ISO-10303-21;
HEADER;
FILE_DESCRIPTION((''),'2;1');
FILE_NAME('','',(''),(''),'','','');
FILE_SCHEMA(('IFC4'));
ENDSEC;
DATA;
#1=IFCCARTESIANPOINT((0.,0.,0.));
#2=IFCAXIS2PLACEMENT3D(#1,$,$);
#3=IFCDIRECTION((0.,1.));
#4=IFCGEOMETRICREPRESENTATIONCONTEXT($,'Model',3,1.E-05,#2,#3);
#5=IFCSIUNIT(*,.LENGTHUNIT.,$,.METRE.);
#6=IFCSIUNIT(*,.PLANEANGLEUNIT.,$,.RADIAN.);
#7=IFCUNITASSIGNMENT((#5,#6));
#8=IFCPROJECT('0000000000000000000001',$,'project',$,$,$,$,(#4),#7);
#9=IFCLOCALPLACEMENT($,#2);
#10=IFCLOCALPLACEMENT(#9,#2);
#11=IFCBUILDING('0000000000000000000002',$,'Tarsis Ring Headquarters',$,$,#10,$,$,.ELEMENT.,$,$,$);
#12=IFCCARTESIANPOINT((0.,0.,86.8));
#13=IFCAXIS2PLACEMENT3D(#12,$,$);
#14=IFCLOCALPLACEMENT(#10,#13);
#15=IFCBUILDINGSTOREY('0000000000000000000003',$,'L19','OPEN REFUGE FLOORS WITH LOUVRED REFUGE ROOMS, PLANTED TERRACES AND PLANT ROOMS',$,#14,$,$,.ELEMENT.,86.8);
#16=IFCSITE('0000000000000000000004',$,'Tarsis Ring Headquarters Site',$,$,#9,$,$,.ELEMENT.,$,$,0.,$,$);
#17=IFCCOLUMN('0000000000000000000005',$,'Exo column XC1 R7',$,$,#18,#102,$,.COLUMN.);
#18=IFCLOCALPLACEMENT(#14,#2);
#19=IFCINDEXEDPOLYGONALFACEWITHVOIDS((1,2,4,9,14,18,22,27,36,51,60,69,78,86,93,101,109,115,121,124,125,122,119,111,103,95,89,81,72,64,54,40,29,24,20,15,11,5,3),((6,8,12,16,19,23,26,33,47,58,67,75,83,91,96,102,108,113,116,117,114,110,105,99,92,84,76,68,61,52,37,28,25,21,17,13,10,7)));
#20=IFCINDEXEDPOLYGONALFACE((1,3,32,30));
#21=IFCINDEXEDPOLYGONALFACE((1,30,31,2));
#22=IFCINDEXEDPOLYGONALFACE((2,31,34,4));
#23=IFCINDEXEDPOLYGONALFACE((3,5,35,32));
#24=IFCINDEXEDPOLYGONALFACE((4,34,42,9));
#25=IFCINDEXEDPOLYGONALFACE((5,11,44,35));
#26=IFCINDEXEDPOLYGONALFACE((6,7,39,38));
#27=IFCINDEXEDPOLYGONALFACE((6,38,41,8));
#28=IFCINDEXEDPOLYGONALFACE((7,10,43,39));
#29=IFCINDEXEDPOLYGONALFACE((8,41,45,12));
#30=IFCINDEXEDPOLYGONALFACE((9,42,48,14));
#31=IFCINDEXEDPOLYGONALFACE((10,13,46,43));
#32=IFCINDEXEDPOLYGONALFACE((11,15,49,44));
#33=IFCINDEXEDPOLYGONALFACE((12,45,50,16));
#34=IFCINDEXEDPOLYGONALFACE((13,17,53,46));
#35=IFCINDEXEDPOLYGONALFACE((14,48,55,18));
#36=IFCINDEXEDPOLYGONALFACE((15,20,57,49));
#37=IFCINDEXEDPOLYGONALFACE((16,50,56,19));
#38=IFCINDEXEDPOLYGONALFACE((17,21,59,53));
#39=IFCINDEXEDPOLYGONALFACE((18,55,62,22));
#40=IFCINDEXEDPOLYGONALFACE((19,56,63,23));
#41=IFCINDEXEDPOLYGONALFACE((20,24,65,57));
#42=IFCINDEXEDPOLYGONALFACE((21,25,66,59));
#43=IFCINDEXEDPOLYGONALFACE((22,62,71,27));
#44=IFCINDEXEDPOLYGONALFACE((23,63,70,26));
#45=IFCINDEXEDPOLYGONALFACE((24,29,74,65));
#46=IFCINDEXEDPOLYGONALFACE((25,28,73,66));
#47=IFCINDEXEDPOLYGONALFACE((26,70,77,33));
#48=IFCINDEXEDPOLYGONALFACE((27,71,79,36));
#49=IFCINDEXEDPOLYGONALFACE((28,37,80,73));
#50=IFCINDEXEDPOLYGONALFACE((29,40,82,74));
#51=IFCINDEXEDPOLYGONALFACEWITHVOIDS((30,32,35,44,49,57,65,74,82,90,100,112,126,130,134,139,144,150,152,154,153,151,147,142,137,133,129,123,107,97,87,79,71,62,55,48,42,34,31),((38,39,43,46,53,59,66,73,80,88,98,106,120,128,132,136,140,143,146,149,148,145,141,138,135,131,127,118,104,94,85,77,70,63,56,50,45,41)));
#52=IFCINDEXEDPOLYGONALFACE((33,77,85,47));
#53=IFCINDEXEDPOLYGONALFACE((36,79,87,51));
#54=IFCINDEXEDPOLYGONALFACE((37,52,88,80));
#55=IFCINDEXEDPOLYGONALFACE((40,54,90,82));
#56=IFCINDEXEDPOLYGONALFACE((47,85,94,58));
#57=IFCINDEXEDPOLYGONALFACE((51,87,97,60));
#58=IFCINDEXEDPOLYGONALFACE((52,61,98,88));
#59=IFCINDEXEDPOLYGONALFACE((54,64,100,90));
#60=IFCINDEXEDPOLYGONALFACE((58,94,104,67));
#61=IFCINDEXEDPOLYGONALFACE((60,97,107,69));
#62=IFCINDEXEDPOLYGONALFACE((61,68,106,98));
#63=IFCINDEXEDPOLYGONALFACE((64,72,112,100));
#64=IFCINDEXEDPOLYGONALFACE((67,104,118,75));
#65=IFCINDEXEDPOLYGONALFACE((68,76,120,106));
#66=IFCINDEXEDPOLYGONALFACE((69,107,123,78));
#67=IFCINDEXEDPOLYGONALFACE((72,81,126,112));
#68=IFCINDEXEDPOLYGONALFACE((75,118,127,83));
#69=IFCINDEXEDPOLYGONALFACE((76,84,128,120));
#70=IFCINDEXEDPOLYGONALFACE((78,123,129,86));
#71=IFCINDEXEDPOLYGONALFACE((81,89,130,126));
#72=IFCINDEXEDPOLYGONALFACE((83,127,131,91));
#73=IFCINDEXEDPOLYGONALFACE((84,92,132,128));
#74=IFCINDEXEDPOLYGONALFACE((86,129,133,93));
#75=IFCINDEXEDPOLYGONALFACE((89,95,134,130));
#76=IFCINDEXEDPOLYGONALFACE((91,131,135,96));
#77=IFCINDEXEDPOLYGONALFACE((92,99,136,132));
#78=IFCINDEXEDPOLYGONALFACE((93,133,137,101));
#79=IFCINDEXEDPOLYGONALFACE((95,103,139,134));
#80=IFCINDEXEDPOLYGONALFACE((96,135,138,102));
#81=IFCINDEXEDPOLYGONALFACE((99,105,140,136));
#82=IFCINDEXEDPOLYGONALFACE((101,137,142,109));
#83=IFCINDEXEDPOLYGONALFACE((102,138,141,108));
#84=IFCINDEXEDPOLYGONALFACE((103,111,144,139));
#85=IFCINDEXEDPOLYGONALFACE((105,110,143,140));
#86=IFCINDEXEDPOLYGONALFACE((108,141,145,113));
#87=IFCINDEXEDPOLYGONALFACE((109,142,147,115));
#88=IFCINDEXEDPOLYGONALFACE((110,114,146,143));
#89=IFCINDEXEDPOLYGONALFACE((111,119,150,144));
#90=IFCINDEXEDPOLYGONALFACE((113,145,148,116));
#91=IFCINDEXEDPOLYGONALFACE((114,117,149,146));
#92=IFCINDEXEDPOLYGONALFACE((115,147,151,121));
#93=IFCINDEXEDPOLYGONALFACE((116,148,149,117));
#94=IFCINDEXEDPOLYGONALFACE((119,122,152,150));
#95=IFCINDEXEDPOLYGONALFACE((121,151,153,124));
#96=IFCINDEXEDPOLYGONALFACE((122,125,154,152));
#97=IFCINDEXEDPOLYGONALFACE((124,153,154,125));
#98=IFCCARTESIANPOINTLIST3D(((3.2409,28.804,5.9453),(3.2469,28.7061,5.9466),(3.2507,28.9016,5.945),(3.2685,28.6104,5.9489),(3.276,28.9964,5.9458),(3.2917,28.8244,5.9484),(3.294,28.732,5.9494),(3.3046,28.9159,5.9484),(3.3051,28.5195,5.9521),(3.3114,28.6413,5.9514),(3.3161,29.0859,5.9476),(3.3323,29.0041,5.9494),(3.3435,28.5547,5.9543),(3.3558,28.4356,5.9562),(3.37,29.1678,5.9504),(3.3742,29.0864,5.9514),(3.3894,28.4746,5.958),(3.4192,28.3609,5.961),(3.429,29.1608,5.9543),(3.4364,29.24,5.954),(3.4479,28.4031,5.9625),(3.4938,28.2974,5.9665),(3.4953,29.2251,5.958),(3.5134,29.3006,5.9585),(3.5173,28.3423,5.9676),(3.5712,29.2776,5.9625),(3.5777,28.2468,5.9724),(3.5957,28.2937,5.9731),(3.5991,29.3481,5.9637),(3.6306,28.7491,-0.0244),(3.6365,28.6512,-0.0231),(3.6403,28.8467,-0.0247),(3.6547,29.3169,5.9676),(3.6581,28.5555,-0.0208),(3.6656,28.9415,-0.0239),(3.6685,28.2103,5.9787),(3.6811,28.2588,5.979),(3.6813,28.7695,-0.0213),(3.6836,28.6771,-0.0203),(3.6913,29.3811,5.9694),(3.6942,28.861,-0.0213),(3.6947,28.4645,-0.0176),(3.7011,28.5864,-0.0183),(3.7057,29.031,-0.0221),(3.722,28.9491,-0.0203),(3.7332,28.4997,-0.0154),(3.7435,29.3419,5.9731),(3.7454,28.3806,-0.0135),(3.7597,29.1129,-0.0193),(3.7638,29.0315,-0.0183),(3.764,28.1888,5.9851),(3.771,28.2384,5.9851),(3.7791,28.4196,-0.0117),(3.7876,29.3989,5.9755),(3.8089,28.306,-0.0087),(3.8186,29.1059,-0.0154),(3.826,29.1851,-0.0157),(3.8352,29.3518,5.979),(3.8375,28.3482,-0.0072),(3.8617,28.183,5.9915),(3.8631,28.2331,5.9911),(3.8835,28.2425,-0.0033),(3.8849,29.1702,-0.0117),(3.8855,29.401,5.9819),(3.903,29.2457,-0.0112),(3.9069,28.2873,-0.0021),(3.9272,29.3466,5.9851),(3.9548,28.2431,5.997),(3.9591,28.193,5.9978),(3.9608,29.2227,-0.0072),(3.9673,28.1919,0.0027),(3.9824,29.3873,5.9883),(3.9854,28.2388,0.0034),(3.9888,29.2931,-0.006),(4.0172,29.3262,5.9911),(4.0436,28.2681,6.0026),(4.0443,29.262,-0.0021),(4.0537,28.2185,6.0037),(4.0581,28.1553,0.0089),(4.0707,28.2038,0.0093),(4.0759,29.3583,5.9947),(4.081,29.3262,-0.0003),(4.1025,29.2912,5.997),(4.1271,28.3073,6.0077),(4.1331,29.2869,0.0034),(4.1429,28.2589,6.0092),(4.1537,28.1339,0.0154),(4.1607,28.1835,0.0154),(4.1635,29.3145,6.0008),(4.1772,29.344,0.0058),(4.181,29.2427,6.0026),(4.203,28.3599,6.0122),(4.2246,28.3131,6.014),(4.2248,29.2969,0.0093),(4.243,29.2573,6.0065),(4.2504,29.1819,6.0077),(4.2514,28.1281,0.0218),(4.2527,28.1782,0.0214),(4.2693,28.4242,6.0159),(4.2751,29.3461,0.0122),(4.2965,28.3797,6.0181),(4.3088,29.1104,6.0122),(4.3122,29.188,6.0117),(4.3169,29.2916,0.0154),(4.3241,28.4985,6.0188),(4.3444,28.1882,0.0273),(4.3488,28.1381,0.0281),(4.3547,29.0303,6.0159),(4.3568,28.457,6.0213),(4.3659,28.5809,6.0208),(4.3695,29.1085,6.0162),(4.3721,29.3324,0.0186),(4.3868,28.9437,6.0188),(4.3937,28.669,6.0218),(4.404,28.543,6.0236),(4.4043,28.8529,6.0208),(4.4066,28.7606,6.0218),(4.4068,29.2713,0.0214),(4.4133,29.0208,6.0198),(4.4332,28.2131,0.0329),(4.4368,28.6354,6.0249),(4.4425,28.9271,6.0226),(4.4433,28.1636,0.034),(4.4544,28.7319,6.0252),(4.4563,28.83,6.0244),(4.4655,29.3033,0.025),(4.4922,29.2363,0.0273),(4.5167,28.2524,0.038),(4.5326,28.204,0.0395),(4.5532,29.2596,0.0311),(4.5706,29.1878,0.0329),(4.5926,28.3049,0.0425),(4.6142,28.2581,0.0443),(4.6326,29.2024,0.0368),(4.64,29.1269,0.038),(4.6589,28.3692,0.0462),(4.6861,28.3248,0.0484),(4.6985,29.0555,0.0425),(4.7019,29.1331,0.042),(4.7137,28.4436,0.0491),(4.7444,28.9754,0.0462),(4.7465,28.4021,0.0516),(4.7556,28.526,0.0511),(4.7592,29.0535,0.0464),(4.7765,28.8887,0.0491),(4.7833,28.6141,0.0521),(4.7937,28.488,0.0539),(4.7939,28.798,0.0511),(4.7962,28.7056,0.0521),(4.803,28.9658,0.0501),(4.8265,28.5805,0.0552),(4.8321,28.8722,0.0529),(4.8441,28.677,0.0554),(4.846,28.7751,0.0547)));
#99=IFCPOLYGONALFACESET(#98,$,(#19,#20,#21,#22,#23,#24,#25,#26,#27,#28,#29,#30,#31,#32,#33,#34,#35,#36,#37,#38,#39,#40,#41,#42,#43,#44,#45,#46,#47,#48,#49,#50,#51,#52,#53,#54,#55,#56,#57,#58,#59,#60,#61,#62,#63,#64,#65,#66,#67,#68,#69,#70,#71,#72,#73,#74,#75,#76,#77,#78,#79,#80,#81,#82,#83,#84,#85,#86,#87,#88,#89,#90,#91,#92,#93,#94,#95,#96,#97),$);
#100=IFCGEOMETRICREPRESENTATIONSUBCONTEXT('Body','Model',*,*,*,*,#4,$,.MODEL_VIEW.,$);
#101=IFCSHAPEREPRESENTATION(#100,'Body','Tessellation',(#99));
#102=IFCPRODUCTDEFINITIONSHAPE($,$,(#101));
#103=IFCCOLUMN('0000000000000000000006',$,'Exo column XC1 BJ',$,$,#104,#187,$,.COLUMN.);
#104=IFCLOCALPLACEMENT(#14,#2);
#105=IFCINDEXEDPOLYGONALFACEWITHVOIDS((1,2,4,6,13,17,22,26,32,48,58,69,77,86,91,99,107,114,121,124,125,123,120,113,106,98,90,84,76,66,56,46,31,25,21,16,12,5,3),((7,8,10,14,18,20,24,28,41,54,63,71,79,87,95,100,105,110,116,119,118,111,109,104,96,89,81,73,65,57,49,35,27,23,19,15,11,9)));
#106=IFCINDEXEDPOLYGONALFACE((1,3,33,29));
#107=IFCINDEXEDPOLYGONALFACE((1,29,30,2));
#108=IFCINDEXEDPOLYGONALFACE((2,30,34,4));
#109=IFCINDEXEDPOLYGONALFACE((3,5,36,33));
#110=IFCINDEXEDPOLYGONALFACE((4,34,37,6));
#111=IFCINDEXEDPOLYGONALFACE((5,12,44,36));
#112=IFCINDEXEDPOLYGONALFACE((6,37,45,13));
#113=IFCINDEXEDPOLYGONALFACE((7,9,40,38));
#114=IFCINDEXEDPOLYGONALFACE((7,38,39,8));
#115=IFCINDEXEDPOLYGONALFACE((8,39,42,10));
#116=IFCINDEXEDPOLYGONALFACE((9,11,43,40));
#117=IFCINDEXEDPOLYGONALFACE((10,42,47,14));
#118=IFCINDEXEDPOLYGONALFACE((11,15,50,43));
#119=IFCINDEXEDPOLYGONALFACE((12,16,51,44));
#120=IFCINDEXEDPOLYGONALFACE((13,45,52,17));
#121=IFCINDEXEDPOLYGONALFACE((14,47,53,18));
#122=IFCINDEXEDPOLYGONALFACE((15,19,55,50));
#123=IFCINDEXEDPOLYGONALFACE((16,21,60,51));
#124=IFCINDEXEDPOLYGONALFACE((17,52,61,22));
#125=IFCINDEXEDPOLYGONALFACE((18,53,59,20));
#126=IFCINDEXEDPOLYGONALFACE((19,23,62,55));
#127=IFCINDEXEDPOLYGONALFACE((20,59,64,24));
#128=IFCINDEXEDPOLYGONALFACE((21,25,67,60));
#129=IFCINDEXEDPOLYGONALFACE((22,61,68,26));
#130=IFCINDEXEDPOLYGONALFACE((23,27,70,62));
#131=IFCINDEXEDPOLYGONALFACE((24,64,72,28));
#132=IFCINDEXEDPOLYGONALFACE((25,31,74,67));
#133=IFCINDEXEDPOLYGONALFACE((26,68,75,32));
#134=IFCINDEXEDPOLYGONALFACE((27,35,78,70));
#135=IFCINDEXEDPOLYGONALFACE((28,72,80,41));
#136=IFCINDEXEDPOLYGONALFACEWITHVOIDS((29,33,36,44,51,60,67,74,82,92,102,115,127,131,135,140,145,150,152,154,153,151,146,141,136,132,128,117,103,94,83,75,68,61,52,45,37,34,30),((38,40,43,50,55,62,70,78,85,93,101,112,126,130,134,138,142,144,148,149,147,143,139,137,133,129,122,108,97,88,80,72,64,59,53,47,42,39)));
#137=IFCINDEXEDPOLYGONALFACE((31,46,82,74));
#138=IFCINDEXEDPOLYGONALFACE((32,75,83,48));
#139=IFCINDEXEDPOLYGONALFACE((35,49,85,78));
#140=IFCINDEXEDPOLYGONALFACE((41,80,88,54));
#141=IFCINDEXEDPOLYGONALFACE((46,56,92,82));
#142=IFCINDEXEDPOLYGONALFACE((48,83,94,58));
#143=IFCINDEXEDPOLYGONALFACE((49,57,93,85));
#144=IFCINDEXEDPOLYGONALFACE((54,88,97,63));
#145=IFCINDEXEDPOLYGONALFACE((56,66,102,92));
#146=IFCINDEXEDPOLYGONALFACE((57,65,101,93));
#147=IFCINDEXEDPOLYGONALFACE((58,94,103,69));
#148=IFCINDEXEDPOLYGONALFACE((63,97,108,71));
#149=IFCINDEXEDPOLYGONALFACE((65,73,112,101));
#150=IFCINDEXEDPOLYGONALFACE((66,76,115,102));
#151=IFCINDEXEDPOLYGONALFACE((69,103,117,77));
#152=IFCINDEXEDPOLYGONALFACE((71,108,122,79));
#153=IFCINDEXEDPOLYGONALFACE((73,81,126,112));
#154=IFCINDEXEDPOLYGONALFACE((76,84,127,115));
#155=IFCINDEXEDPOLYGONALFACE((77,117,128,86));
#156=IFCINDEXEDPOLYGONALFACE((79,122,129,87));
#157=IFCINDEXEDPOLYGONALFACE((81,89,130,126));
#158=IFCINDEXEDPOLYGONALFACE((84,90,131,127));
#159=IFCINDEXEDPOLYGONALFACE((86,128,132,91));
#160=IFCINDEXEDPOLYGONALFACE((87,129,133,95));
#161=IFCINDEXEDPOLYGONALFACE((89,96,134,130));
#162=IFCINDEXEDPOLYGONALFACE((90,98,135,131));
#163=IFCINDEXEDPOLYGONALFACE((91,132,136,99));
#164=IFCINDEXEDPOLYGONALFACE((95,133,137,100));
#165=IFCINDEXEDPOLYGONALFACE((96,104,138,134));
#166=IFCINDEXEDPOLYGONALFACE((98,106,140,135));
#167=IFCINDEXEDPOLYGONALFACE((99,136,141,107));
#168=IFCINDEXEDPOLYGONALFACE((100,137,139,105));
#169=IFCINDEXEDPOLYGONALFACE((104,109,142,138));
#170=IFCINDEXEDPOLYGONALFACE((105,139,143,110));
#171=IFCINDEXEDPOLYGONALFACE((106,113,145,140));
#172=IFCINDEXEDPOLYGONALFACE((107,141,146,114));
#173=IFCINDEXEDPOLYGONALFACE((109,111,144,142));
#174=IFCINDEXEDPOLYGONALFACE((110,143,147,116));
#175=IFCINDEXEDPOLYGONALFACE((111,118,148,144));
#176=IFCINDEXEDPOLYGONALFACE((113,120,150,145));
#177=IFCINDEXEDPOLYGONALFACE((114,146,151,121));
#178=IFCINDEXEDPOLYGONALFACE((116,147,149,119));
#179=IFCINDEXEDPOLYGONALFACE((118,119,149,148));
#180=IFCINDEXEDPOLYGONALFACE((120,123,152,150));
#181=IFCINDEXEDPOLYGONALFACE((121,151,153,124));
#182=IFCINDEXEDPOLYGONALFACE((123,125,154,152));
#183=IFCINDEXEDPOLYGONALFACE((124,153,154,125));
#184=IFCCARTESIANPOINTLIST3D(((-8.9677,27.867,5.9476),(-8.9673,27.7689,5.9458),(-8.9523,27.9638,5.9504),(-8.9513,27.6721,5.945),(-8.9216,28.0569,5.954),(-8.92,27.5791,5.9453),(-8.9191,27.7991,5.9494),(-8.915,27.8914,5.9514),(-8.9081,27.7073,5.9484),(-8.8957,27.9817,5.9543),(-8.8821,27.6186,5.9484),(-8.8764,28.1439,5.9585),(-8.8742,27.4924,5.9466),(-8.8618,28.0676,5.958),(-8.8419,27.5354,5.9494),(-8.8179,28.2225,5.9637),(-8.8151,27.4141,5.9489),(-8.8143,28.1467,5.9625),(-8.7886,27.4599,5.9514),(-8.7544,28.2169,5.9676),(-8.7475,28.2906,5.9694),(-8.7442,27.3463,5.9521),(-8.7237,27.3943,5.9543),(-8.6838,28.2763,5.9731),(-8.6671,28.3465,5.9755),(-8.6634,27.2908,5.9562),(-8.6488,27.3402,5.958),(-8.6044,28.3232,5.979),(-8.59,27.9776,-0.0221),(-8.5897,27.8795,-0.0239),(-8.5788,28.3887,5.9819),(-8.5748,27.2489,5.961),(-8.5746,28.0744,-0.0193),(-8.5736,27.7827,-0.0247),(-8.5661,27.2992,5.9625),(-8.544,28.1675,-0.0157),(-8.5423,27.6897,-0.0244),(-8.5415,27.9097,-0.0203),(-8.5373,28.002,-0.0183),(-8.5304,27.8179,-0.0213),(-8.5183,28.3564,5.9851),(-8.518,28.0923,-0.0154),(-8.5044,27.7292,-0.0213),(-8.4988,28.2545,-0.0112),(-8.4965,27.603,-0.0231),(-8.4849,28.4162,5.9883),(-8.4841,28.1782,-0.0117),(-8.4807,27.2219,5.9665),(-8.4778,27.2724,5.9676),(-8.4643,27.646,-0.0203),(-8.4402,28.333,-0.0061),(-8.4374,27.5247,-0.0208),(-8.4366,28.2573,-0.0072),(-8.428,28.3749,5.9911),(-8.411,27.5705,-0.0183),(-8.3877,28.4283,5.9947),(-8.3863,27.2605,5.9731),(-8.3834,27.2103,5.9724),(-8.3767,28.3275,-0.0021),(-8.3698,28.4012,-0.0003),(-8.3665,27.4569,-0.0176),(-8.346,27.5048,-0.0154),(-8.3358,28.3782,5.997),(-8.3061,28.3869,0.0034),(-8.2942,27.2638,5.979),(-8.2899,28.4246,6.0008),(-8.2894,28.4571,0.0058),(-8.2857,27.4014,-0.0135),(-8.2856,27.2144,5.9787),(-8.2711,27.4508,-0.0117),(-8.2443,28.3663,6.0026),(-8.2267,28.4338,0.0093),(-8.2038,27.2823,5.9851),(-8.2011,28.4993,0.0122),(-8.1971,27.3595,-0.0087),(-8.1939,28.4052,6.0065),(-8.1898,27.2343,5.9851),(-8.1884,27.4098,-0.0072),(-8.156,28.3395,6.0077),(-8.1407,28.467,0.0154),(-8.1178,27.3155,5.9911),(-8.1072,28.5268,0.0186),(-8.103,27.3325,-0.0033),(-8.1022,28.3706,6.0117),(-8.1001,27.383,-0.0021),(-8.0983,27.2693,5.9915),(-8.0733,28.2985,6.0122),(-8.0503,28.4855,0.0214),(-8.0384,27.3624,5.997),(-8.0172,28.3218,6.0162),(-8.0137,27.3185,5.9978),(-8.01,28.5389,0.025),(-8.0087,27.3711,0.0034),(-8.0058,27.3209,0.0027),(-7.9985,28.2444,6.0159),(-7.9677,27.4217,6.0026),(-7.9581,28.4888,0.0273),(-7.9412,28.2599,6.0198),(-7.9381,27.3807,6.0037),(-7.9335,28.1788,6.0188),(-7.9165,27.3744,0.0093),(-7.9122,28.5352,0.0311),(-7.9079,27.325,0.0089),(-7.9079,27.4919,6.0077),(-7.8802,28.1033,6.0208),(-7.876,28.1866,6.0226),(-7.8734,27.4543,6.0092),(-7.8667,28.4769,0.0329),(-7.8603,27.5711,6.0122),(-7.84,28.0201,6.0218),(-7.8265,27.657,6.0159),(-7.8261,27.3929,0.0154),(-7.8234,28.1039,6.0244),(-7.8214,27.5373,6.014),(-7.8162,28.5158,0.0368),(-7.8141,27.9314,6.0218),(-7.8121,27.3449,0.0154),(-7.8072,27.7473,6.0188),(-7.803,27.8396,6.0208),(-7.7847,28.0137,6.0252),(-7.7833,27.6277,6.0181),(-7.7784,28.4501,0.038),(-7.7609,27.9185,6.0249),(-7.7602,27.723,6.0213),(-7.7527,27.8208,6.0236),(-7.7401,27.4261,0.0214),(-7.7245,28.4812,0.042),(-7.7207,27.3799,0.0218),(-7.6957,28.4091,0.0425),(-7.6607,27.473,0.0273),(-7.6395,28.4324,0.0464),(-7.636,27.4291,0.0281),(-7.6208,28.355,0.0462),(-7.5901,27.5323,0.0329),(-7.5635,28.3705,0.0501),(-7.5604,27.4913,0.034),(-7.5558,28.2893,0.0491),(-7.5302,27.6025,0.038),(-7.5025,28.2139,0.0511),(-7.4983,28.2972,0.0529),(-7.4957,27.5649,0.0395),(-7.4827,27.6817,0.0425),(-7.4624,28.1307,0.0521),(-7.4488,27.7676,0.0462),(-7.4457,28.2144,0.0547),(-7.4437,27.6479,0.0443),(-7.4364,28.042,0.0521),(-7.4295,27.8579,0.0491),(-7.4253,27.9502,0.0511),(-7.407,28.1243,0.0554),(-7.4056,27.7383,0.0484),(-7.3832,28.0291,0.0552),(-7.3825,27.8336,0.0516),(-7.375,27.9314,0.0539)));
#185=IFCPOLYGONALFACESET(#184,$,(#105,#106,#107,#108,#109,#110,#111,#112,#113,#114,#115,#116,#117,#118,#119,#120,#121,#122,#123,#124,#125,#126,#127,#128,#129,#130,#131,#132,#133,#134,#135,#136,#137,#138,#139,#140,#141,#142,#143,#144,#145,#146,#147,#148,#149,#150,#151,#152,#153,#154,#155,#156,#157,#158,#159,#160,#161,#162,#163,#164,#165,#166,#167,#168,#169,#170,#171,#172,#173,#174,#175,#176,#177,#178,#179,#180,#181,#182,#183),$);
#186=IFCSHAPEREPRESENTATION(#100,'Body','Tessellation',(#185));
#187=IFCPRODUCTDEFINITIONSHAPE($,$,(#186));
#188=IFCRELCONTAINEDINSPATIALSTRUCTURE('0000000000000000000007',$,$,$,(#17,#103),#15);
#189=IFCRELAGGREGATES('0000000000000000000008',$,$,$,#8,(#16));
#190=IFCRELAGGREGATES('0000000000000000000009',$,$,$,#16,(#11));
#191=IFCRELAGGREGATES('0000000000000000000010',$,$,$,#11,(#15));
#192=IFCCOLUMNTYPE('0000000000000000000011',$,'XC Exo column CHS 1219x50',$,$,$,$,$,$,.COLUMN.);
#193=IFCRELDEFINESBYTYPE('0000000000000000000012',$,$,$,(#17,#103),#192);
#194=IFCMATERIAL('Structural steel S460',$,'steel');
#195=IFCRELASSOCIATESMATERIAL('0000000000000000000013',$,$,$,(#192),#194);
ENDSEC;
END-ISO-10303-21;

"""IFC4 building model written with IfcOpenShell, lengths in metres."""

from ifc_helpers import new_model, si_unit, direction, frame, origin, origin_2d, place, context, subcontext, project, spatial, hollow_circle, extrude, material, material_profile, profile_set, type_object, element, save


model = new_model("IFC4")

# Units and contexts
model_context = context("Model", 3, precision=1e-05, world=origin(), true_north=direction((0.0, 1.0)))
body_context = subcontext(model_context, "Body", "Model", "MODEL_VIEW")
ifc_project = project(units=[si_unit("LENGTHUNIT", "METRE"), si_unit("PLANEANGLEUNIT", "RADIAN")], contexts=[model_context])

# Site, building, storey
site_placement = place(None, origin())
site = spatial("IfcSite", under=ifc_project, at=site_placement, Name="Tarsis Ring Headquarters Site", CompositionType="ELEMENT", RefElevation=0.0)
building_placement = place(site_placement, origin())
building = spatial("IfcBuilding", under=site, at=building_placement, Name="Tarsis Ring Headquarters", CompositionType="ELEMENT")
storey_placement = place(building_placement, frame((0.0, 0.0, 86.8)))
storey = spatial("IfcBuildingStorey", under=building, at=storey_placement, Name="L19", Description="OPEN REFUGE FLOORS WITH LOUVRED REFUGE ROOMS, PLANTED TERRACES AND PLANT ROOMS", CompositionType="ELEMENT", Elevation=86.8)

# Columns
ifc_material_1 = material(Name="Structural steel S460", Category="steel")
ifc_material_profile_1 = material_profile(ifc_material_1, hollow_circle(Radius=0.6096, WallThickness=0.05, at=origin_2d()), Name="CHS 1219x50")
ifc_profile_set_1 = profile_set([ifc_material_profile_1], Name="Structural steel S460")
column_type = type_object("IfcColumnType", Name="XC Exo column CHS 1219x50", PredefinedType="COLUMN", material=ifc_profile_set_1)
for number, where, z_axis, x_axis, name in (
    (1, (4.2388, 28.7375, 0.0154), (-0.065129, 0.009182, 0.997835), (-0.139597, -0.990208, 0.0), "Exo column XC1 R7"),
    (2, (-7.9834, 27.9299, 0.0154), (-0.06313, -0.018486, 0.997834), (0.281024, -0.959701, 0.0), "Exo column XC1 BJ"),
):
    element("IfcColumn", number, at=place(storey_placement, frame(where, z_axis=z_axis, x_axis=x_axis)), inside=storey, type_object=column_type, Name=name, PredefinedType="COLUMN", context=body_context, shape_type="SweptSolid", body=[
        extrude(hollow_circle(Radius=0.6096, WallThickness=0.05, at=origin_2d()), origin(), (0.0, 0.0, 1.0), 5.9827),
    ])

save(model, "model.ifc")
